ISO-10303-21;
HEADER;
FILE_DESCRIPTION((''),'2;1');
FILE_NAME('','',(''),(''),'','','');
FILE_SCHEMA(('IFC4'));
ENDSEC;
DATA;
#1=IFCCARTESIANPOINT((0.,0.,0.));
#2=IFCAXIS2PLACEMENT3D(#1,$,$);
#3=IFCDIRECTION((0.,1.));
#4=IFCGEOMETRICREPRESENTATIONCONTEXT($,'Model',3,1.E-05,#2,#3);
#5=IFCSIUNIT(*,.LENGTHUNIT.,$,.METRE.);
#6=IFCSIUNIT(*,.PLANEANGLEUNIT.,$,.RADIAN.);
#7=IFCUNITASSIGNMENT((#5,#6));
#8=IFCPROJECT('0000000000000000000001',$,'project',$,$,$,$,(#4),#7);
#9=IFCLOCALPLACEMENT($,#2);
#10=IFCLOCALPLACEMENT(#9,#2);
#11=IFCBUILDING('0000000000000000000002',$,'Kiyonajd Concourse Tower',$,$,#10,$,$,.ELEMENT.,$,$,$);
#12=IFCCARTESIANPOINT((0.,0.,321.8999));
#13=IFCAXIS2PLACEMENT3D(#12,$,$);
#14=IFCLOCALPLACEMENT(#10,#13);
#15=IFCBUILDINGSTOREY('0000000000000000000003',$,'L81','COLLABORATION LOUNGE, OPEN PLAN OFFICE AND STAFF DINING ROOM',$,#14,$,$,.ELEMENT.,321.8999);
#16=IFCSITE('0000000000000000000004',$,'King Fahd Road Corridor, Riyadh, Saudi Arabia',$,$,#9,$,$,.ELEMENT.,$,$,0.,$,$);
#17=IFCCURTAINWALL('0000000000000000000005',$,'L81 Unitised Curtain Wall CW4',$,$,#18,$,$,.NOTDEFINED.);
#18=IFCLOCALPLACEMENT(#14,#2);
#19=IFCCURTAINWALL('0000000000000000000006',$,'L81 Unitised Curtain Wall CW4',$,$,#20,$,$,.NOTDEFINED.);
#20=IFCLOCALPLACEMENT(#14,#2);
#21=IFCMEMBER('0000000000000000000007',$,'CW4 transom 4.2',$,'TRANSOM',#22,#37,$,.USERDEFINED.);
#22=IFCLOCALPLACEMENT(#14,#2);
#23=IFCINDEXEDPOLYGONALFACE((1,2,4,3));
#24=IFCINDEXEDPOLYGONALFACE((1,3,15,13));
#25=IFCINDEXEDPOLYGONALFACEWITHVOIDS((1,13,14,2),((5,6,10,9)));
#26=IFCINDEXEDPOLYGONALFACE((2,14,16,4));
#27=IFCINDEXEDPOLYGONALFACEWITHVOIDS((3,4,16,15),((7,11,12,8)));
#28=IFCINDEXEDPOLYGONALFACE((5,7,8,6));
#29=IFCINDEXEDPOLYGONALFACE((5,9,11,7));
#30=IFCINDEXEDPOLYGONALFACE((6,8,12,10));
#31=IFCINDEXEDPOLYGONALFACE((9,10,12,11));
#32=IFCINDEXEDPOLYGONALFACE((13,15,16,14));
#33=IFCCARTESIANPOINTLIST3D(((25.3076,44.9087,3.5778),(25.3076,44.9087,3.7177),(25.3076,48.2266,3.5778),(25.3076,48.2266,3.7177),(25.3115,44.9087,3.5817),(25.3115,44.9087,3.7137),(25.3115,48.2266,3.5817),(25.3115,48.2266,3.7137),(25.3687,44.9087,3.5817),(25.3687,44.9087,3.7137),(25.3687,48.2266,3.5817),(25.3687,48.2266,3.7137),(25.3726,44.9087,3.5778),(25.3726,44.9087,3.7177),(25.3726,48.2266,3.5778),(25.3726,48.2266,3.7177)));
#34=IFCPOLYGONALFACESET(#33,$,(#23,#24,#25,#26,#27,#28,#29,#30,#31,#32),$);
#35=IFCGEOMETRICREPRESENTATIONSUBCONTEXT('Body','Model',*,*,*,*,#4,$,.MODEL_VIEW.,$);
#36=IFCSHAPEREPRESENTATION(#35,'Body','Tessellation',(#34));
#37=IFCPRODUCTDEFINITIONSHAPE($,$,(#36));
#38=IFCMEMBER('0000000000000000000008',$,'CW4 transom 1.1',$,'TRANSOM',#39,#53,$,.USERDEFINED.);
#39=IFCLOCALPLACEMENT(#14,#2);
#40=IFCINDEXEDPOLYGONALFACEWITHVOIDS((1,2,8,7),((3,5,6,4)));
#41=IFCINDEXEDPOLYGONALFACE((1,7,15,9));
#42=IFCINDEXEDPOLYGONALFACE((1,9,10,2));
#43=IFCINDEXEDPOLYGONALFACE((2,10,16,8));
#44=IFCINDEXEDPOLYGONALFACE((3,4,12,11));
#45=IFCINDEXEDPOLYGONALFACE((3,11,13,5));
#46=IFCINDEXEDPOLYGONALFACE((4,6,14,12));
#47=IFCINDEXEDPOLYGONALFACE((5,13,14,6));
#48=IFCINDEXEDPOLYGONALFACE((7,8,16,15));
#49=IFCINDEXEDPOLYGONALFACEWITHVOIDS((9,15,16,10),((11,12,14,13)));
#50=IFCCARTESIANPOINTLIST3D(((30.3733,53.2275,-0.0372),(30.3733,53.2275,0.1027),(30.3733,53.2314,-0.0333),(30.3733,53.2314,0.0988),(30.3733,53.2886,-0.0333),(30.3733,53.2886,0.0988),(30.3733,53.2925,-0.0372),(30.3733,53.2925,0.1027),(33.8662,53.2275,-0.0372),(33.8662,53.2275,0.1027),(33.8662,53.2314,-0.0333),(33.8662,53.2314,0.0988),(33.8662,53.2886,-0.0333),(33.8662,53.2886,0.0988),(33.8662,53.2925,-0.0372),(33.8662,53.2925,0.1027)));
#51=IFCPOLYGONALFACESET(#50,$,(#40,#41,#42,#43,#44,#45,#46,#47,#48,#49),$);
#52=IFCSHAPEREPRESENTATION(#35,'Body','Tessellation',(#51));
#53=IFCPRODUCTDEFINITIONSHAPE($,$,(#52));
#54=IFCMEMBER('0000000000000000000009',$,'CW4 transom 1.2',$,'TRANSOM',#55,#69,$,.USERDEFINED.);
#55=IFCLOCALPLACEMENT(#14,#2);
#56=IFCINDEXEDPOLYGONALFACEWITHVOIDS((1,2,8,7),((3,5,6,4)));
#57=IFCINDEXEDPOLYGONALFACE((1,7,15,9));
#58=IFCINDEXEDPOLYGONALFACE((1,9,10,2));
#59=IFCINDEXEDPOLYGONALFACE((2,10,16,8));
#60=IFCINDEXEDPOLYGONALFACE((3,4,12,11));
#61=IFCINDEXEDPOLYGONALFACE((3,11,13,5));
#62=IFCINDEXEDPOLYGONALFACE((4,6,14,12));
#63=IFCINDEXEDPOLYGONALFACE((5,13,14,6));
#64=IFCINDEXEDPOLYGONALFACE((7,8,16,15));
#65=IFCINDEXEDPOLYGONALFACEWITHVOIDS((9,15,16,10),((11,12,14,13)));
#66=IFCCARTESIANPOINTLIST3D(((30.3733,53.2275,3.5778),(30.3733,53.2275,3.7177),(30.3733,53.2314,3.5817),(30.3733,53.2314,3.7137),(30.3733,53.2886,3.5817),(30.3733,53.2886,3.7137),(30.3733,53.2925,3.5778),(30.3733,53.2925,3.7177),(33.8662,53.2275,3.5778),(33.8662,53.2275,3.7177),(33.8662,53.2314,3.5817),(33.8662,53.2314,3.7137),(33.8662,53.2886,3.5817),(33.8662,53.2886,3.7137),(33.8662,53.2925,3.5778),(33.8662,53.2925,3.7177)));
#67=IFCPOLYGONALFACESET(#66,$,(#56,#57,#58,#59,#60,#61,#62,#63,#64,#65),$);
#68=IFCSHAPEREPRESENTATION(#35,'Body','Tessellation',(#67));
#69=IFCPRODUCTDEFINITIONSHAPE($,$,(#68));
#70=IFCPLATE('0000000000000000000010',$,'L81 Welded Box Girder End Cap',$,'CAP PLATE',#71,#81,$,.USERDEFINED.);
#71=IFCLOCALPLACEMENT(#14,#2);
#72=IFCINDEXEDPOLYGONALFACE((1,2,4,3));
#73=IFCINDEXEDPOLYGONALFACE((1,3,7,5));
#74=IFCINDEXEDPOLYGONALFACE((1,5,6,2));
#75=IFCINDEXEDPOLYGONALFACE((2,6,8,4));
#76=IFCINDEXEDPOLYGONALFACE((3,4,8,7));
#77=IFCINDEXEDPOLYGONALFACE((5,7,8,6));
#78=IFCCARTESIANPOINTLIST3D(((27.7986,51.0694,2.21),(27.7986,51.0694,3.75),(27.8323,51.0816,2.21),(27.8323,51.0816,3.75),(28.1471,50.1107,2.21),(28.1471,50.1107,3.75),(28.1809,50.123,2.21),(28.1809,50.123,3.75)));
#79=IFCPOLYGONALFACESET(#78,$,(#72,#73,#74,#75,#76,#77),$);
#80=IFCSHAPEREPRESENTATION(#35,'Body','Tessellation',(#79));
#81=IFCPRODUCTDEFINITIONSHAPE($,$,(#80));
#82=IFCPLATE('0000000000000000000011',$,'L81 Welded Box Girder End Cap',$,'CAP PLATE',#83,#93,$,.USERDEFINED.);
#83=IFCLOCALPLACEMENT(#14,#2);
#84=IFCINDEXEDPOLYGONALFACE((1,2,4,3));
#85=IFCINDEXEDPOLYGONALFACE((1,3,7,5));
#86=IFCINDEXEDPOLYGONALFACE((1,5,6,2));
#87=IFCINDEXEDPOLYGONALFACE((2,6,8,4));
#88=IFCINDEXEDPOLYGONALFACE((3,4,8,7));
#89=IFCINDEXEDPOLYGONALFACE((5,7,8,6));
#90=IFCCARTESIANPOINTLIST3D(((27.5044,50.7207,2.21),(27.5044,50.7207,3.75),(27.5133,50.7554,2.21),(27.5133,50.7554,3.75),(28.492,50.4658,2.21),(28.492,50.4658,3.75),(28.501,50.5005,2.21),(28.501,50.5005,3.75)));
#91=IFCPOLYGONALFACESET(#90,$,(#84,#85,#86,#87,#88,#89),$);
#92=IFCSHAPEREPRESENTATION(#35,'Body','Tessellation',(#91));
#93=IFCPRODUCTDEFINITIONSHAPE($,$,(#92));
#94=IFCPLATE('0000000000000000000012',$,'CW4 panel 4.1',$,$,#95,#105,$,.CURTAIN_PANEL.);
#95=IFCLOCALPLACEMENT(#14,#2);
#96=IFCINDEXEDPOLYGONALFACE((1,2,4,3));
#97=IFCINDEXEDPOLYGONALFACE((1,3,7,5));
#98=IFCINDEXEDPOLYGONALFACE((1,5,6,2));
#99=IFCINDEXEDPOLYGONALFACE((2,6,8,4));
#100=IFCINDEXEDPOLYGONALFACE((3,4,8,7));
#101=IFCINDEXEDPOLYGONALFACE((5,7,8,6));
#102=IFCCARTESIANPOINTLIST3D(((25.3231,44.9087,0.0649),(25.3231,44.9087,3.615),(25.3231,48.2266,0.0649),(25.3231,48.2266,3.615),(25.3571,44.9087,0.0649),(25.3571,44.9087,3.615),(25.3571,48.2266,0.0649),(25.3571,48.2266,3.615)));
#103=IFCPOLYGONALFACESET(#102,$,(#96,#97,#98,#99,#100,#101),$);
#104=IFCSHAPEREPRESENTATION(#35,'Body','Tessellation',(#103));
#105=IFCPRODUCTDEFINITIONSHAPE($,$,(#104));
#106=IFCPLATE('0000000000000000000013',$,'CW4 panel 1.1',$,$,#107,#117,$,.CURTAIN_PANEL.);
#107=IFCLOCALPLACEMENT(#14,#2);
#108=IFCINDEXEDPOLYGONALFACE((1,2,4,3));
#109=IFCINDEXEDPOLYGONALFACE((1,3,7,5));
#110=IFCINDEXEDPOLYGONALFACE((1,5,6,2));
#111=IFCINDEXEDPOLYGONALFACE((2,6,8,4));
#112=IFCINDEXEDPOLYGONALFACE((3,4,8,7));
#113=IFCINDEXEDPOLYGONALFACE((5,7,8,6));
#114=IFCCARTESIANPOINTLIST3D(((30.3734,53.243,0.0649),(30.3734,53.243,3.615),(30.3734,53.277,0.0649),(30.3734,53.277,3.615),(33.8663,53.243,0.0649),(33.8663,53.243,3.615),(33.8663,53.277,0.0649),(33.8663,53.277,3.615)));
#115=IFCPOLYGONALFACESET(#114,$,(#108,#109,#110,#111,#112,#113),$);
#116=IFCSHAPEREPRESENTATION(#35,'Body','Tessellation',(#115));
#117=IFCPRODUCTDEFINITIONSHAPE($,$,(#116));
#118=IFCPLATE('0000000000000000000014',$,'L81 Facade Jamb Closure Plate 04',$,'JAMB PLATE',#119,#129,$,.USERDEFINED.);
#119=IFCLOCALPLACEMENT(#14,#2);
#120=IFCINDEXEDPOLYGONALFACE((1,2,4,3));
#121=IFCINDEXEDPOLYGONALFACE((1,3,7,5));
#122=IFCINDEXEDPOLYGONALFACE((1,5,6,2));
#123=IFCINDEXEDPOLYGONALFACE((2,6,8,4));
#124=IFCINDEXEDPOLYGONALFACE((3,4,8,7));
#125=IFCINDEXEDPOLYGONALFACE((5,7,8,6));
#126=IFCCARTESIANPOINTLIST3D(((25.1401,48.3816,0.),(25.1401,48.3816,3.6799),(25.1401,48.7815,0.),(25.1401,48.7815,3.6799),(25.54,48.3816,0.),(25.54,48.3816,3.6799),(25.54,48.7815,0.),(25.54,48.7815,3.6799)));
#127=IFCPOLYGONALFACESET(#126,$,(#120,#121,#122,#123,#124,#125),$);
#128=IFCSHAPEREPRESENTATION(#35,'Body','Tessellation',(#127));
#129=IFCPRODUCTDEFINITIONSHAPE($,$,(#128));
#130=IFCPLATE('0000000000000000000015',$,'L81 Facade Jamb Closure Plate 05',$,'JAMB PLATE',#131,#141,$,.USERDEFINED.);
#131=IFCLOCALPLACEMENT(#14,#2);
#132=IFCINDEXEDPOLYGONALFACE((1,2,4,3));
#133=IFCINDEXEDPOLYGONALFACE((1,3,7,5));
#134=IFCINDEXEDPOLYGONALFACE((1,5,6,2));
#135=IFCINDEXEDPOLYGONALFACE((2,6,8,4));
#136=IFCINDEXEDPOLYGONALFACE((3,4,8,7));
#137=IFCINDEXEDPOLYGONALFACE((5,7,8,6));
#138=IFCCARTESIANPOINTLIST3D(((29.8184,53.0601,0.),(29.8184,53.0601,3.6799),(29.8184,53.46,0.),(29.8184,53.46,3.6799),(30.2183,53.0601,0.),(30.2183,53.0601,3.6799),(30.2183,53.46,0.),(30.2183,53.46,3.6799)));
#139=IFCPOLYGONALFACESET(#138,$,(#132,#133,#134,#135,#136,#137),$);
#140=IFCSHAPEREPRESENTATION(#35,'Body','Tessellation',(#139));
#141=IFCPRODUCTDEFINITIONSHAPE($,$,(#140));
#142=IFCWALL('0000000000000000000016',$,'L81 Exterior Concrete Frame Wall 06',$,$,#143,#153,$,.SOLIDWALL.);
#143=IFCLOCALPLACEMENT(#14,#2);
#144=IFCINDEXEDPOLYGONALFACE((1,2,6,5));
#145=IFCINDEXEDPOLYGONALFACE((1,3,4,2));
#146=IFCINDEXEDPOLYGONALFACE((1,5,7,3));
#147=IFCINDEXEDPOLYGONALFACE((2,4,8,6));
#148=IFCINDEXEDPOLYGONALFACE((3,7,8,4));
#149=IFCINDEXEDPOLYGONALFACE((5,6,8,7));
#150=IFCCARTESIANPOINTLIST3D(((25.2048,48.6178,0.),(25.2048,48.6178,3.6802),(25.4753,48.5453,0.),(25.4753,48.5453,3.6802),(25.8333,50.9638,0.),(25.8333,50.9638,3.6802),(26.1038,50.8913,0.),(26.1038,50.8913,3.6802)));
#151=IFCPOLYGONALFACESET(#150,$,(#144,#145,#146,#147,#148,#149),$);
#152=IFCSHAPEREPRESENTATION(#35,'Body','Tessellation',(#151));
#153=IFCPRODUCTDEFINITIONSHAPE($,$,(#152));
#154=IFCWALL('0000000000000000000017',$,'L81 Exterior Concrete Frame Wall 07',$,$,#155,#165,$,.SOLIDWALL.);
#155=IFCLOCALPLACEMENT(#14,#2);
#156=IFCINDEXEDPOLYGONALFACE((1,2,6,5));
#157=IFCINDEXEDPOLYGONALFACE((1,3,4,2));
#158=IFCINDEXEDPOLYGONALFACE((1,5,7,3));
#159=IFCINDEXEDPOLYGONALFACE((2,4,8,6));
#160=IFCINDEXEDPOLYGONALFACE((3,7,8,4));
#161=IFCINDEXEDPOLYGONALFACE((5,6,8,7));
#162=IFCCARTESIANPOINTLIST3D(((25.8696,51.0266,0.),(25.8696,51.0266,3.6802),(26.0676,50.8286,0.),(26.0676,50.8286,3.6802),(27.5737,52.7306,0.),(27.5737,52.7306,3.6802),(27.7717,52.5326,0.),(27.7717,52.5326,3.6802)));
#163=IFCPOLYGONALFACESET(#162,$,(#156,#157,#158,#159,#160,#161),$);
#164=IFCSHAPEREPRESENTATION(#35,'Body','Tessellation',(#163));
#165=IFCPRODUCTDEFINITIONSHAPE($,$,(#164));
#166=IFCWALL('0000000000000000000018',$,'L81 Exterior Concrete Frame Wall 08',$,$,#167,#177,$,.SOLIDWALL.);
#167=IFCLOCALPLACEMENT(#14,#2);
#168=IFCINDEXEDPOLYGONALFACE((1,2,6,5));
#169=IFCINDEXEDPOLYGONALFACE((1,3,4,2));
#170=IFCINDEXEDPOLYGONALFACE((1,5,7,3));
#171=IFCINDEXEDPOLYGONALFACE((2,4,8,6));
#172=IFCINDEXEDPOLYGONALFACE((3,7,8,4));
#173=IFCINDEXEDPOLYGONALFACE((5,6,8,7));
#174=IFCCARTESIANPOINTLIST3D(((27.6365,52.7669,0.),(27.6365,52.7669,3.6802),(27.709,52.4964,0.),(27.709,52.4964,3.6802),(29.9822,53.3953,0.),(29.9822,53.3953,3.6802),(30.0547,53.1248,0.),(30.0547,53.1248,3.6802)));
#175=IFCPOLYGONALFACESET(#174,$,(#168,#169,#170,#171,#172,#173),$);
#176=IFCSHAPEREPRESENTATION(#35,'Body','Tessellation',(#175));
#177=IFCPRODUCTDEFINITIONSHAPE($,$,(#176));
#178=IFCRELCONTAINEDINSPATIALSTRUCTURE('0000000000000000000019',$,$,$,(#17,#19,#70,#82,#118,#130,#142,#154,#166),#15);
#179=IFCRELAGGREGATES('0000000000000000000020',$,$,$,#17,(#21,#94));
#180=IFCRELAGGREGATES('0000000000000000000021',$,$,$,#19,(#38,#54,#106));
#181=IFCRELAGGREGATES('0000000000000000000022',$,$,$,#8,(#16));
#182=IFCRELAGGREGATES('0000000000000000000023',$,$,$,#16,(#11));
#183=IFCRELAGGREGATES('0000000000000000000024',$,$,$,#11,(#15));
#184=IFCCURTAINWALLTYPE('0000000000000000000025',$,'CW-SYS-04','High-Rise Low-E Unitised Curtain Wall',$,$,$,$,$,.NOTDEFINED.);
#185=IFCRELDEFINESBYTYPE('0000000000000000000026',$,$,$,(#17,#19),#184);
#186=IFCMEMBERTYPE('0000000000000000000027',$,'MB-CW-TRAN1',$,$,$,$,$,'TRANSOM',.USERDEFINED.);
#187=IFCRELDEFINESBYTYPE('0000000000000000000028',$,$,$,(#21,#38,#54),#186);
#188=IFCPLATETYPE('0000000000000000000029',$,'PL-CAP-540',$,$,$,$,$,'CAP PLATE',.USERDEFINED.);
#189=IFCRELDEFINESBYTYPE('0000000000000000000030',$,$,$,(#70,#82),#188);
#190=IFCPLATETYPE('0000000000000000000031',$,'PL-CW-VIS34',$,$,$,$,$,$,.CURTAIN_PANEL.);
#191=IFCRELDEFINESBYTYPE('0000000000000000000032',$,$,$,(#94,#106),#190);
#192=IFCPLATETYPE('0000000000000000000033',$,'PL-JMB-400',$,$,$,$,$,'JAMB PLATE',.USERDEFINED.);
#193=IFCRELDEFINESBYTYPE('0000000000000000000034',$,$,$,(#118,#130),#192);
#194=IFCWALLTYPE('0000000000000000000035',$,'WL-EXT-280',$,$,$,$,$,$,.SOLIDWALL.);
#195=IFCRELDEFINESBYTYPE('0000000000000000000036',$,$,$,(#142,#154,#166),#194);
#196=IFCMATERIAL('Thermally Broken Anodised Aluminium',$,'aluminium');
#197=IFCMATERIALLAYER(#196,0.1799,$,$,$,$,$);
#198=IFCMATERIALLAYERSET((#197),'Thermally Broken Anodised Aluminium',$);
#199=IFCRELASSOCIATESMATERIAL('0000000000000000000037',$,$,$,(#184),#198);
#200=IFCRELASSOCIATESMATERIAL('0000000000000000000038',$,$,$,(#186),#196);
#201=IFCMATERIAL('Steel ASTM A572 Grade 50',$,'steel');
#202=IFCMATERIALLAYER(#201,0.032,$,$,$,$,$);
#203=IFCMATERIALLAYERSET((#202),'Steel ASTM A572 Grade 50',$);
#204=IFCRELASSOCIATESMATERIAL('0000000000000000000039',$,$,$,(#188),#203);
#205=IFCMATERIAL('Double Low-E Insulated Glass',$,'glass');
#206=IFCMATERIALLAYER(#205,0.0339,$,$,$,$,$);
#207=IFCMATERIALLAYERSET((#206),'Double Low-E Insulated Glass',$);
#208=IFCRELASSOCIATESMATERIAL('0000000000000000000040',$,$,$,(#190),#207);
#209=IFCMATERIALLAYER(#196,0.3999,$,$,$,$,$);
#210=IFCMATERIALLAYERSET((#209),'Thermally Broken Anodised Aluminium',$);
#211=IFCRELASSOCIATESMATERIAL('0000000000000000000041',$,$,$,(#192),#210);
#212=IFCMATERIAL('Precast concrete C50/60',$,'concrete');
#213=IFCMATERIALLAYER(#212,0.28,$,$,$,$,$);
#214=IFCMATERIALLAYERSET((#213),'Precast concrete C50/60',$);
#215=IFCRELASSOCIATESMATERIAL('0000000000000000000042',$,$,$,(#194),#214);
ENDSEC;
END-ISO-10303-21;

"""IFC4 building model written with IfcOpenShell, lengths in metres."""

from ifc_helpers import new_model, si_unit, direction, frame, frame_2d, origin, origin_2d, place, context, subcontext, project, spatial, rectangle, hollow_rectangle, extrude, material, layer, layer_set, material_profile, profile_set, type_object, element, aggregate, save


model = new_model("IFC4")

# Units and contexts
model_context = context("Model", 3, precision=1e-05, world=origin(), true_north=direction((0.0, 1.0)))
body_context = subcontext(model_context, "Body", "Model", "MODEL_VIEW")
ifc_project = project(units=[si_unit("LENGTHUNIT", "METRE"), si_unit("PLANEANGLEUNIT", "RADIAN")], contexts=[model_context])

# Site, building, storey
site_placement = place(None, origin())
site = spatial("IfcSite", under=ifc_project, at=site_placement, Name="King Fahd Road Corridor, Riyadh, Saudi Arabia", CompositionType="ELEMENT", RefElevation=0.0)
building_placement = place(site_placement, origin())
building = spatial("IfcBuilding", under=site, at=building_placement, Name="Kiyonajd Concourse Tower", CompositionType="ELEMENT")
storey_placement = place(building_placement, frame((0.0, 0.0, 321.8999)))
storey = spatial("IfcBuildingStorey", under=building, at=storey_placement, Name="L81", Description="COLLABORATION LOUNGE, OPEN PLAN OFFICE AND STAFF DINING ROOM", CompositionType="ELEMENT", Elevation=321.8999)

# Shared definitions
ifc_material_1 = material(Name="Steel ASTM A572 Grade 50", Category="steel")

# Curtain wall
ifc_material_2 = material(Name="Thermally Broken Anodised Aluminium", Category="aluminium")
ifc_layer_1 = layer(ifc_material_2, 0.1799)
ifc_layer_set_1 = layer_set([ifc_layer_1], Name="Thermally Broken Anodised Aluminium")
curtain_wall_type = type_object("IfcCurtainWallType", Name="CW-SYS-04", Description="High-Rise Low-E Unitised Curtain Wall", PredefinedType="NOTDEFINED", material=ifc_layer_set_1)
curtain_wall_1_placement = place(storey_placement, origin())
curtain_wall_1 = element("IfcCurtainWall", 1, at=curtain_wall_1_placement, inside=storey, type_object=curtain_wall_type, Name="L81 Unitised Curtain Wall CW4", PredefinedType="NOTDEFINED")

# Curtain wall
curtain_wall_2_placement = place(storey_placement, origin())
curtain_wall_2 = element("IfcCurtainWall", 2, at=curtain_wall_2_placement, inside=storey, type_object=curtain_wall_type, Name="L81 Unitised Curtain Wall CW4", PredefinedType="NOTDEFINED")

# Members
ifc_material_profile_1 = material_profile(ifc_material_2, hollow_rectangle(XDim=0.0649, YDim=0.1399, WallThickness=0.0039, at=origin_2d()), Name="TRAN-65x140")
ifc_profile_set_1 = profile_set([ifc_material_profile_1], Name="Thermally Broken Anodised Aluminium")
member_type_1 = type_object("IfcMemberType", Name="MB-CW-TRAN1", ElementType="TRANSOM", PredefinedType="USERDEFINED", material=ifc_profile_set_1)
member_1_placement = place(storey_placement, frame((25.3401, 44.9087, 3.6477), z_axis=(0.0, 1.0, 0.0), x_axis=(-1.0, 0.0, 0.0)))
member_1 = element("IfcMember", 3, at=member_1_placement, type_object=member_type_1, Name="CW4 transom 4.2", ObjectType="TRANSOM", PredefinedType="USERDEFINED", context=body_context, shape_type="SweptSolid", body=[
    extrude(hollow_rectangle(XDim=0.0649, YDim=0.1399, WallThickness=0.0039, at=origin_2d()), origin(), (0.0, 0.0, 1.0), 3.3179),
])
member_2_placement = place(storey_placement, frame((30.3733, 53.26, 0.0327), z_axis=(1.0, 0.0, 0.0), x_axis=(0.0, 1.0, 0.0)))
member_2 = element("IfcMember", 4, at=member_2_placement, type_object=member_type_1, Name="CW4 transom 1.1", ObjectType="TRANSOM", PredefinedType="USERDEFINED", context=body_context, shape_type="SweptSolid", body=[
    extrude(hollow_rectangle(XDim=0.0649, YDim=0.1399, WallThickness=0.0039, at=origin_2d()), origin(), (0.0, 0.0, 1.0), 3.4929),
])
member_3_placement = place(storey_placement, frame((30.3733, 53.26, 3.6477), z_axis=(1.0, 0.0, 0.0), x_axis=(0.0, 1.0, 0.0)))
member_3 = element("IfcMember", 5, at=member_3_placement, type_object=member_type_1, Name="CW4 transom 1.2", ObjectType="TRANSOM", PredefinedType="USERDEFINED", context=body_context, shape_type="SweptSolid", body=[
    extrude(hollow_rectangle(XDim=0.0649, YDim=0.1399, WallThickness=0.0039, at=origin_2d()), origin(), (0.0, 0.0, 1.0), 3.4929),
])

# Plates
ifc_layer_2 = layer(ifc_material_1, 0.032)
ifc_layer_set_2 = layer_set([ifc_layer_2], Name="Steel ASTM A572 Grade 50")
plate_type_1 = type_object("IfcPlateType", Name="PL-CAP-540", ElementType="CAP PLATE", PredefinedType="USERDEFINED", material=ifc_layer_set_2)
for number, where, z_axis, x_axis, name in (
    (6, (27.9897, 50.5962, 2.21), (0.0, 0.0, 1.0), (-0.939812, -0.341692, 0.0), "L81 Welded Box Girder End Cap"),
    (7, (28.0027, 50.6106, 2.21), (0.0, 0.0, 1.0), (0.249873, 0.968279, 0.0), "L81 Welded Box Girder End Cap"),
):
    element("IfcPlate", number, at=place(storey_placement, frame(where, z_axis=z_axis, x_axis=x_axis)), inside=storey, type_object=plate_type_1, Name=name, ObjectType="CAP PLATE", PredefinedType="USERDEFINED", context=body_context, shape_type="SweptSolid", body=[
        extrude(rectangle(XDim=0.0359, YDim=1.02, at=origin_2d()), origin(), (0.0, 0.0, 1.0), 1.54),
    ])

# Plates
ifc_material_3 = material(Name="Double Low-E Insulated Glass", Category="glass")
ifc_layer_3 = layer(ifc_material_3, 0.0339)
ifc_layer_set_3 = layer_set([ifc_layer_3], Name="Double Low-E Insulated Glass")
plate_type_2 = type_object("IfcPlateType", Name="PL-CW-VIS34", PredefinedType="CURTAIN_PANEL", material=ifc_layer_set_3)
plate_1_placement = place(storey_placement, frame((25.3401, 46.5676, 0.0649), z_axis=(0.0, 0.0, 1.0), x_axis=(0.0, 1.0, 0.0)))
plate_1 = element("IfcPlate", 8, at=plate_1_placement, type_object=plate_type_2, Name="CW4 panel 4.1", PredefinedType="CURTAIN_PANEL", context=body_context, shape_type="SweptSolid", body=[
    extrude(rectangle(XDim=3.3179, YDim=0.0339, at=origin_2d()), origin(), (0.0, 0.0, 1.0), 3.55),
])
aggregate(curtain_wall_1, [member_1, plate_1])
plate_2_placement = place(storey_placement, frame((32.1199, 53.26, 0.0649), z_axis=(0.0, 0.0, 1.0), x_axis=(1.0, 0.0, 0.0)))
plate_2 = element("IfcPlate", 9, at=plate_2_placement, type_object=plate_type_2, Name="CW4 panel 1.1", PredefinedType="CURTAIN_PANEL", context=body_context, shape_type="SweptSolid", body=[
    extrude(rectangle(XDim=3.4929, YDim=0.0339, at=origin_2d()), origin(), (0.0, 0.0, 1.0), 3.55),
])
aggregate(curtain_wall_2, [member_2, member_3, plate_2])

# Plates
ifc_layer_4 = layer(ifc_material_2, 0.3999)
ifc_layer_set_4 = layer_set([ifc_layer_4], Name="Thermally Broken Anodised Aluminium")
plate_type_3 = type_object("IfcPlateType", Name="PL-JMB-400", ElementType="JAMB PLATE", PredefinedType="USERDEFINED", material=ifc_layer_set_4)
for number, where, z_axis, x_axis, name in (
    (10, (25.3401, 48.5815, 0.0), (0.0, 0.0, 1.0), (1.0, 0.0, 0.0), "L81 Facade Jamb Closure Plate 04"),
    (11, (30.0183, 53.26, 0.0), (0.0, 0.0, 1.0), (1.0, 0.0, 0.0), "L81 Facade Jamb Closure Plate 05"),
):
    element("IfcPlate", number, at=place(storey_placement, frame(where, z_axis=z_axis, x_axis=x_axis)), inside=storey, type_object=plate_type_3, Name=name, ObjectType="JAMB PLATE", PredefinedType="USERDEFINED", context=body_context, shape_type="SweptSolid", body=[
        extrude(rectangle(XDim=0.3999, YDim=0.3999, at=origin_2d()), origin(), (0.0, 0.0, 1.0), 3.6799),
    ])

# Walls
ifc_material_4 = material(Name="Precast concrete C50/60", Category="concrete")
ifc_layer_5 = layer(ifc_material_4, 0.28)
ifc_layer_set_5 = layer_set([ifc_layer_5], Name="Precast concrete C50/60")
wall_type_1 = type_object("IfcWallType", Name="WL-EXT-280", PredefinedType="SOLIDWALL", material=ifc_layer_set_5)
wall_1_placement = place(storey_placement, frame((25.3401, 48.5815, 0.0), z_axis=(0.0, 0.0, 1.0), x_axis=(0.258751, 0.965944, 0.0)))
element("IfcWall", 12, at=wall_1_placement, inside=storey, type_object=wall_type_1, Name="L81 Exterior Concrete Frame Wall 06", PredefinedType="SOLIDWALL", context=body_context, shape_type="SweptSolid", body=[
    extrude(rectangle(XDim=2.4287, YDim=0.28, at=frame_2d((1.2144, 0.0))), origin(), (0.0, 0.0, 1.0), 3.6802),
])
wall_2_placement = place(storey_placement, frame((25.9685, 50.9275, 0.0), z_axis=(0.0, 0.0, 1.0), x_axis=(0.707107, 0.707107, 0.0)))
element("IfcWall", 13, at=wall_2_placement, inside=storey, type_object=wall_type_1, Name="L81 Exterior Concrete Frame Wall 07", PredefinedType="SOLIDWALL", context=body_context, shape_type="SweptSolid", body=[
    extrude(rectangle(XDim=2.4099, YDim=0.28, at=frame_2d((1.2051, 0.0))), origin(), (0.0, 0.0, 1.0), 3.6802),
])
wall_3_placement = place(storey_placement, frame((27.6726, 52.6316, 0.0), z_axis=(0.0, 0.0, 1.0), x_axis=(0.965937, 0.258776, 0.0)))
element("IfcWall", 14, at=wall_3_placement, inside=storey, type_object=wall_type_1, Name="L81 Exterior Concrete Frame Wall 08", PredefinedType="SOLIDWALL", context=body_context, shape_type="SweptSolid", body=[
    extrude(rectangle(XDim=2.4285, YDim=0.28, at=frame_2d((1.2144, 0.0))), origin(), (0.0, 0.0, 1.0), 3.6802),
])

save(model, "model.ifc")
